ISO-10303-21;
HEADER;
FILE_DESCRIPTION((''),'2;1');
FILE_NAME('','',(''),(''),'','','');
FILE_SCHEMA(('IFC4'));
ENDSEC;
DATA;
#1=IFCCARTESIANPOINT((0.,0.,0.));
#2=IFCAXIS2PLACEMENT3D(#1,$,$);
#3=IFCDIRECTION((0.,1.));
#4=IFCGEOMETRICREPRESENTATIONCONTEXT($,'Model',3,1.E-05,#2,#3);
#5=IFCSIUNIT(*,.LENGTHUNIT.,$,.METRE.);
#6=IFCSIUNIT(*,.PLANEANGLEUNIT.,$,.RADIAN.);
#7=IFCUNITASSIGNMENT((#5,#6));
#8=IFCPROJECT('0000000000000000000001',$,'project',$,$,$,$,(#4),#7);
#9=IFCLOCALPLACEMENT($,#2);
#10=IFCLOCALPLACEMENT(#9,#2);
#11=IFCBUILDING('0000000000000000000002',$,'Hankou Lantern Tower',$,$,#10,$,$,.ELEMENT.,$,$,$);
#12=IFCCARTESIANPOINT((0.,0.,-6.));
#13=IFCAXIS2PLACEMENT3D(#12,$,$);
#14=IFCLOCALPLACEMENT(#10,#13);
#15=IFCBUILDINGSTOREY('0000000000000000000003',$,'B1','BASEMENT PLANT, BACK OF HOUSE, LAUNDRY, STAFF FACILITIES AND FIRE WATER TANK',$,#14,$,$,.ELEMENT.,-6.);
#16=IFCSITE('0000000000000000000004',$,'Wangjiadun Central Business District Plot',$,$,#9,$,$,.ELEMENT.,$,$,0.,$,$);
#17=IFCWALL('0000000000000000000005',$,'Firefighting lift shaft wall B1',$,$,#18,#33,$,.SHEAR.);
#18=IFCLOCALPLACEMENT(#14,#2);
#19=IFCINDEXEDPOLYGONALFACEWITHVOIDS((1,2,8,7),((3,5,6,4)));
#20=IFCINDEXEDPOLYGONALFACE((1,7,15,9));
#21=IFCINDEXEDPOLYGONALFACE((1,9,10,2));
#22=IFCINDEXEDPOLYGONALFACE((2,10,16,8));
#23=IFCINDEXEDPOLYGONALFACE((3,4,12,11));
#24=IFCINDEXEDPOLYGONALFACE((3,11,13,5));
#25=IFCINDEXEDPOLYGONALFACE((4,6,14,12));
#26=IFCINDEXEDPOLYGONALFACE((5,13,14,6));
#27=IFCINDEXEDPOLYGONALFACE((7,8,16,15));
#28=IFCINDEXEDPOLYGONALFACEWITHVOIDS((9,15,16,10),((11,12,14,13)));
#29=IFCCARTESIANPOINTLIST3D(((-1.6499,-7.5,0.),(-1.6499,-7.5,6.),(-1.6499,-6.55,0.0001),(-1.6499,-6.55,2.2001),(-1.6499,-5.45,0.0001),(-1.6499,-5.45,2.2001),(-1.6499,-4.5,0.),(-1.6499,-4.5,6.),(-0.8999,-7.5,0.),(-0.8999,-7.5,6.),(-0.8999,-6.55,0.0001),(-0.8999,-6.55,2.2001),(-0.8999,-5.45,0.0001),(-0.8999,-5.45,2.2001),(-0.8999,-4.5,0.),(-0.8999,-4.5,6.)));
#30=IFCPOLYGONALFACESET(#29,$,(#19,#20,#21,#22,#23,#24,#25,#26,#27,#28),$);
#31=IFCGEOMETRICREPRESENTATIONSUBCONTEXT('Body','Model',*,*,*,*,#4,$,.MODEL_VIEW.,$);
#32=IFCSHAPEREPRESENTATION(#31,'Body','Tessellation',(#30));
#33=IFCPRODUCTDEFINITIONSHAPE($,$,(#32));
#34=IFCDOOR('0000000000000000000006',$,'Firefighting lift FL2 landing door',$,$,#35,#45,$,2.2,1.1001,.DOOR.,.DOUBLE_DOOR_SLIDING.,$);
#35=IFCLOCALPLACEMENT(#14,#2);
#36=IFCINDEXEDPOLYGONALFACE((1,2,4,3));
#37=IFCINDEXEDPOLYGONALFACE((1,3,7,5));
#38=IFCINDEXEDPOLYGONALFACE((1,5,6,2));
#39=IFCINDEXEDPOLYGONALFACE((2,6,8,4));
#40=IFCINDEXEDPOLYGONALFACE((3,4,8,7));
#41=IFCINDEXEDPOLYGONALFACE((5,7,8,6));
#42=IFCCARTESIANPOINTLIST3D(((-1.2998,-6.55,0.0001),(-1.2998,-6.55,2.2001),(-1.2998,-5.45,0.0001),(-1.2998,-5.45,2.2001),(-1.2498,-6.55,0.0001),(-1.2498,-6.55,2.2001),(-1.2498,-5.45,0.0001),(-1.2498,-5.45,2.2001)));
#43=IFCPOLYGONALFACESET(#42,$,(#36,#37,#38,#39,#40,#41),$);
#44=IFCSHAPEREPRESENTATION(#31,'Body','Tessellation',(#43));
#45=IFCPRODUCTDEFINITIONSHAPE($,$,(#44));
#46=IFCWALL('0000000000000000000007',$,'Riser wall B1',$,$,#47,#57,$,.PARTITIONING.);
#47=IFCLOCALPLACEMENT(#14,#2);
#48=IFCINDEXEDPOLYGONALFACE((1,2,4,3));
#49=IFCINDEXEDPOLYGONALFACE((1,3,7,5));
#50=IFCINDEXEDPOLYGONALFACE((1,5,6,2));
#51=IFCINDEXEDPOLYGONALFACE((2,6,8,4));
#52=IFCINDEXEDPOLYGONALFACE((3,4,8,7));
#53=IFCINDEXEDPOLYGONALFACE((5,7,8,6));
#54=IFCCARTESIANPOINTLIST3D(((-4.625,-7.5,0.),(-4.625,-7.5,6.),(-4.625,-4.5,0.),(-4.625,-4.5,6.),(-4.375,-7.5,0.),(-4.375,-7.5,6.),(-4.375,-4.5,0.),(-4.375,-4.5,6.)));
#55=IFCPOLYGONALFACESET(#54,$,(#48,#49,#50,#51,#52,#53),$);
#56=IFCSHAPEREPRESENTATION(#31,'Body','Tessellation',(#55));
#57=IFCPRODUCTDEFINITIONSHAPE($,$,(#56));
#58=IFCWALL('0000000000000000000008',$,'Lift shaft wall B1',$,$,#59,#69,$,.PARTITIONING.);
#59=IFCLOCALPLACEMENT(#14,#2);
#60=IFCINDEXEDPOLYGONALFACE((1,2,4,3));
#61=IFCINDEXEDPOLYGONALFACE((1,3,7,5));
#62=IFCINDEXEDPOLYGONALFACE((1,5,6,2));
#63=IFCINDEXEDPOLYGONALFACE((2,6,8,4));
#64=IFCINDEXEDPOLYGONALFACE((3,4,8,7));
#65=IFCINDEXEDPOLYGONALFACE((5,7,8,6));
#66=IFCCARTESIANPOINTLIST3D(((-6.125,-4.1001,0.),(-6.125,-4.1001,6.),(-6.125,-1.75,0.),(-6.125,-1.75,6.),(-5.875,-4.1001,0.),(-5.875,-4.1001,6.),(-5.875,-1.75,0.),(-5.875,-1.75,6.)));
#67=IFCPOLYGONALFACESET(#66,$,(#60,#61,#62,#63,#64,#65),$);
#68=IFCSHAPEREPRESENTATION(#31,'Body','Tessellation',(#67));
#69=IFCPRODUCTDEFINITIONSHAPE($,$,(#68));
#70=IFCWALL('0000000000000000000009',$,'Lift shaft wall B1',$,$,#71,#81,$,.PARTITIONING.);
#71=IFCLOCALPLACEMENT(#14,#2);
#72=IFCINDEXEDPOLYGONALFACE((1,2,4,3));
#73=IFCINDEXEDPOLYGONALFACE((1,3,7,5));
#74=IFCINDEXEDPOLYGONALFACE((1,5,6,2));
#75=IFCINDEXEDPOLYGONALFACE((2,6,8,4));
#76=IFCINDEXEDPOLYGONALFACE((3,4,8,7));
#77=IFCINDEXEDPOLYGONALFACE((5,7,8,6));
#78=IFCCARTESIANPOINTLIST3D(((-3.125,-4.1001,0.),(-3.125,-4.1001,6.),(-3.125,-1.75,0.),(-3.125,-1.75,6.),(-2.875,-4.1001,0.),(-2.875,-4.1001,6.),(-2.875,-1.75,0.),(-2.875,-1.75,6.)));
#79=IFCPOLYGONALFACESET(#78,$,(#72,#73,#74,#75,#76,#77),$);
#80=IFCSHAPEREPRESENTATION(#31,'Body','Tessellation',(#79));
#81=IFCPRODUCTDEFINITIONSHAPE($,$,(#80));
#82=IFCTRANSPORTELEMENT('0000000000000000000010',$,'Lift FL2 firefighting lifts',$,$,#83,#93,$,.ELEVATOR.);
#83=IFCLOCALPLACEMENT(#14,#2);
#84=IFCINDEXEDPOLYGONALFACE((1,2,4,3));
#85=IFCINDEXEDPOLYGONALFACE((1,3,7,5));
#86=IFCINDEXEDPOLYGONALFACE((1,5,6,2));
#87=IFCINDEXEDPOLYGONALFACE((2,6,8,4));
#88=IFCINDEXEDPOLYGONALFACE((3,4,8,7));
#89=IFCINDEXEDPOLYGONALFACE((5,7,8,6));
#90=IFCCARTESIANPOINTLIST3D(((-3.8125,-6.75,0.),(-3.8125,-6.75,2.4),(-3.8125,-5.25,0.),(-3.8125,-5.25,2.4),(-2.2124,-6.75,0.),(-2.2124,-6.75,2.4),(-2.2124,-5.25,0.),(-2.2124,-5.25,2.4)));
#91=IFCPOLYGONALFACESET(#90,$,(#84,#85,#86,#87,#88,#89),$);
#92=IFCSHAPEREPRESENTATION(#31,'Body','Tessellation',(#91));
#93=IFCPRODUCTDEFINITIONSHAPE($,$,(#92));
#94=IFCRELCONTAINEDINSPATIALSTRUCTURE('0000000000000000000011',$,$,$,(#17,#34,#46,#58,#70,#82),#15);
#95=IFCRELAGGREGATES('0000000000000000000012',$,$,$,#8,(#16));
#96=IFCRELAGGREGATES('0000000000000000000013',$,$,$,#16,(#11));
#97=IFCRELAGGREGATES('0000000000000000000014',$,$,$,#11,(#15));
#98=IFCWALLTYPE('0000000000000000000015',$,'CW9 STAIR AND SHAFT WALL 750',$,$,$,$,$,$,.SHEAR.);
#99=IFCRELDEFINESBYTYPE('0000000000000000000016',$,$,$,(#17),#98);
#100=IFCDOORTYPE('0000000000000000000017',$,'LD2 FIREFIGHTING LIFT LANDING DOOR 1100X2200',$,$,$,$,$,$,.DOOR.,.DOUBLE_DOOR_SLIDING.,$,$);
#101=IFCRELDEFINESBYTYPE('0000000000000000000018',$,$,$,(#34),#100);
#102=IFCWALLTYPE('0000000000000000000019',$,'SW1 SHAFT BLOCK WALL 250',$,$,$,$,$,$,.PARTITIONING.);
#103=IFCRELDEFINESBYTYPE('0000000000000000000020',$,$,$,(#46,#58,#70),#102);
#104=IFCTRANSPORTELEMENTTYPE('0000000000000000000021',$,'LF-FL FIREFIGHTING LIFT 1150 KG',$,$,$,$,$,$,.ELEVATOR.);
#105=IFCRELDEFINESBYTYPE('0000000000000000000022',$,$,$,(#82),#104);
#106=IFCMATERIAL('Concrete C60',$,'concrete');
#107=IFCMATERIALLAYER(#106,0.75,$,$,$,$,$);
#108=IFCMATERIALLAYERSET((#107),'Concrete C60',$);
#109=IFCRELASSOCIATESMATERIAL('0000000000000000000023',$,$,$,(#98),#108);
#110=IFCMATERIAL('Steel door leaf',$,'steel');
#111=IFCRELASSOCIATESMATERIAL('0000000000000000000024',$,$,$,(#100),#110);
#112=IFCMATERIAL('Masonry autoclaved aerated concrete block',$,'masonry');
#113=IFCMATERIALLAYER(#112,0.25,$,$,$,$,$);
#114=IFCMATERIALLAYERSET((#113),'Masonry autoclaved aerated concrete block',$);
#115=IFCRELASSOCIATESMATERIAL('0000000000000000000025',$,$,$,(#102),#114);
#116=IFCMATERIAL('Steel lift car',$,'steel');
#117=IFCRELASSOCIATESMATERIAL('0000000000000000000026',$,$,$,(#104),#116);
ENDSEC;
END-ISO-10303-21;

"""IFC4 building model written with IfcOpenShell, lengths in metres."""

from ifc_helpers import new_model, si_unit, direction, frame, frame_2d, origin, origin_2d, place, context, subcontext, project, spatial, rectangle, extrude, material, layer, layer_set, type_object, element, fill, save


model = new_model("IFC4")

# Units and contexts
model_context = context("Model", 3, precision=1e-05, world=origin(), true_north=direction((0.0, 1.0)))
body_context = subcontext(model_context, "Body", "Model", "MODEL_VIEW")
ifc_project = project(units=[si_unit("LENGTHUNIT", "METRE"), si_unit("PLANEANGLEUNIT", "RADIAN")], contexts=[model_context])

# Site, building, storey
site_placement = place(None, origin())
site = spatial("IfcSite", under=ifc_project, at=site_placement, Name="Wangjiadun Central Business District Plot", CompositionType="ELEMENT", RefElevation=0.0)
building_placement = place(site_placement, origin())
building = spatial("IfcBuilding", under=site, at=building_placement, Name="Hankou Lantern Tower", CompositionType="ELEMENT")
storey_placement = place(building_placement, frame((0.0, 0.0, -6.0)))
storey = spatial("IfcBuildingStorey", under=building, at=storey_placement, Name="B1", Description="BASEMENT PLANT, BACK OF HOUSE, LAUNDRY, STAFF FACILITIES AND FIRE WATER TANK", CompositionType="ELEMENT", Elevation=-6.0)

# Wall, opening, door
ifc_material_1 = material(Name="Concrete C60", Category="concrete")
ifc_layer_1 = layer(ifc_material_1, 0.75)
ifc_layer_set_1 = layer_set([ifc_layer_1], Name="Concrete C60")
wall_type_1 = type_object("IfcWallType", Name="CW9 STAIR AND SHAFT WALL 750", PredefinedType="SHEAR", material=ifc_layer_set_1)
wall_1_placement = place(storey_placement, frame((-1.2749, -7.5, 0.0), z_axis=(0.0, 0.0, 1.0), x_axis=(0.0, 1.0, 0.0)))
wall_1 = element("IfcWall", 1, at=wall_1_placement, inside=storey, type_object=wall_type_1, Name="Firefighting lift shaft wall B1", PredefinedType="SHEAR", context=body_context, shape_type="SweptSolid", body=[
    extrude(rectangle(XDim=3.0, YDim=0.75, at=frame_2d((1.5, 0.0))), origin(), (0.0, 0.0, 1.0), 6.0),
])
opening_1_placement = place(wall_1_placement, frame((0.95, 0.0, 0.0)))
opening_1 = element("IfcOpeningElement", 2, at=opening_1_placement, cuts=wall_1, PredefinedType="OPENING", context=body_context, shape_type="SweptSolid", body=[
    extrude(rectangle(XDim=1.1001, YDim=2.2, at=frame_2d((0.55, 1.1001))), frame((0.0, 0.385, 0.0), z_axis=(0.0, -1.0, 0.0), x_axis=(1.0, 0.0, 0.0)), (0.0, 0.0, 1.0), 0.77),
])
ifc_material_2 = material(Name="Steel door leaf", Category="steel")
door_type_1 = type_object("IfcDoorType", Name="LD2 FIREFIGHTING LIFT LANDING DOOR 1100X2200", OperationType="DOUBLE_DOOR_SLIDING", PredefinedType="DOOR", material=ifc_material_2)
door_1_placement = place(opening_1_placement, origin())
door_1 = element("IfcDoor", 3, at=door_1_placement, inside=storey, type_object=door_type_1, Name="Firefighting lift FL2 landing door", OperationType="DOUBLE_DOOR_SLIDING", OverallHeight=2.2, OverallWidth=1.1001, PredefinedType="DOOR", context=body_context, shape_type="SweptSolid", body=[
    extrude(rectangle(XDim=1.1001, YDim=2.2, at=frame_2d((0.55, 1.1001))), frame((0.0, 0.0249, 0.0), z_axis=(0.0, -1.0, 0.0), x_axis=(1.0, 0.0, 0.0)), (0.0, 0.0, 1.0), 0.05),
])
fill(opening_1, door_1)

# Walls
ifc_material_3 = material(Name="Masonry autoclaved aerated concrete block", Category="masonry")
ifc_layer_2 = layer(ifc_material_3, 0.25)
ifc_layer_set_2 = layer_set([ifc_layer_2], Name="Masonry autoclaved aerated concrete block")
wall_type_2 = type_object("IfcWallType", Name="SW1 SHAFT BLOCK WALL 250", PredefinedType="PARTITIONING", material=ifc_layer_set_2)
wall_2_placement = place(storey_placement, frame((-4.5, -7.5, 0.0), z_axis=(0.0, 0.0, 1.0), x_axis=(0.0, 1.0, 0.0)))
element("IfcWall", 4, at=wall_2_placement, inside=storey, type_object=wall_type_2, Name="Riser wall B1", PredefinedType="PARTITIONING", context=body_context, shape_type="SweptSolid", body=[
    extrude(rectangle(XDim=3.0, YDim=0.25, at=frame_2d((1.5, 0.0))), origin(), (0.0, 0.0, 1.0), 6.0),
])
for number, where, z_axis, x_axis, name in (
    (5, (-6.0, -4.1001, 0.0), (0.0, 0.0, 1.0), (0.0, 1.0, 0.0), "Lift shaft wall B1"),
    (6, (-3.0, -4.1001, 0.0), (0.0, 0.0, 1.0), (0.0, 1.0, 0.0), "Lift shaft wall B1"),
):
    element("IfcWall", number, at=place(storey_placement, frame(where, z_axis=z_axis, x_axis=x_axis)), inside=storey, type_object=wall_type_2, Name=name, PredefinedType="PARTITIONING", context=body_context, shape_type="SweptSolid", body=[
        extrude(rectangle(XDim=2.3501, YDim=0.25, at=frame_2d((1.175, 0.0))), origin(), (0.0, 0.0, 1.0), 6.0),
    ])

# Transport element
ifc_material_4 = material(Name="Steel lift car", Category="steel")
transport_element_type = type_object("IfcTransportElementType", Name="LF-FL FIREFIGHTING LIFT 1150 KG", PredefinedType="ELEVATOR", material=ifc_material_4)
transport_element_placement = place(storey_placement, frame((-3.0125, -6.0, 0.0), z_axis=(0.0, 0.0, 1.0), x_axis=(1.0, 0.0, 0.0)))
element("IfcTransportElement", 7, at=transport_element_placement, inside=storey, type_object=transport_element_type, Name="Lift FL2 firefighting lifts", PredefinedType="ELEVATOR", context=body_context, shape_type="SweptSolid", body=[
    extrude(rectangle(XDim=1.6001, YDim=1.5, at=origin_2d()), origin(), (0.0, 0.0, 1.0), 2.4),
])

save(model, "model.ifc")
